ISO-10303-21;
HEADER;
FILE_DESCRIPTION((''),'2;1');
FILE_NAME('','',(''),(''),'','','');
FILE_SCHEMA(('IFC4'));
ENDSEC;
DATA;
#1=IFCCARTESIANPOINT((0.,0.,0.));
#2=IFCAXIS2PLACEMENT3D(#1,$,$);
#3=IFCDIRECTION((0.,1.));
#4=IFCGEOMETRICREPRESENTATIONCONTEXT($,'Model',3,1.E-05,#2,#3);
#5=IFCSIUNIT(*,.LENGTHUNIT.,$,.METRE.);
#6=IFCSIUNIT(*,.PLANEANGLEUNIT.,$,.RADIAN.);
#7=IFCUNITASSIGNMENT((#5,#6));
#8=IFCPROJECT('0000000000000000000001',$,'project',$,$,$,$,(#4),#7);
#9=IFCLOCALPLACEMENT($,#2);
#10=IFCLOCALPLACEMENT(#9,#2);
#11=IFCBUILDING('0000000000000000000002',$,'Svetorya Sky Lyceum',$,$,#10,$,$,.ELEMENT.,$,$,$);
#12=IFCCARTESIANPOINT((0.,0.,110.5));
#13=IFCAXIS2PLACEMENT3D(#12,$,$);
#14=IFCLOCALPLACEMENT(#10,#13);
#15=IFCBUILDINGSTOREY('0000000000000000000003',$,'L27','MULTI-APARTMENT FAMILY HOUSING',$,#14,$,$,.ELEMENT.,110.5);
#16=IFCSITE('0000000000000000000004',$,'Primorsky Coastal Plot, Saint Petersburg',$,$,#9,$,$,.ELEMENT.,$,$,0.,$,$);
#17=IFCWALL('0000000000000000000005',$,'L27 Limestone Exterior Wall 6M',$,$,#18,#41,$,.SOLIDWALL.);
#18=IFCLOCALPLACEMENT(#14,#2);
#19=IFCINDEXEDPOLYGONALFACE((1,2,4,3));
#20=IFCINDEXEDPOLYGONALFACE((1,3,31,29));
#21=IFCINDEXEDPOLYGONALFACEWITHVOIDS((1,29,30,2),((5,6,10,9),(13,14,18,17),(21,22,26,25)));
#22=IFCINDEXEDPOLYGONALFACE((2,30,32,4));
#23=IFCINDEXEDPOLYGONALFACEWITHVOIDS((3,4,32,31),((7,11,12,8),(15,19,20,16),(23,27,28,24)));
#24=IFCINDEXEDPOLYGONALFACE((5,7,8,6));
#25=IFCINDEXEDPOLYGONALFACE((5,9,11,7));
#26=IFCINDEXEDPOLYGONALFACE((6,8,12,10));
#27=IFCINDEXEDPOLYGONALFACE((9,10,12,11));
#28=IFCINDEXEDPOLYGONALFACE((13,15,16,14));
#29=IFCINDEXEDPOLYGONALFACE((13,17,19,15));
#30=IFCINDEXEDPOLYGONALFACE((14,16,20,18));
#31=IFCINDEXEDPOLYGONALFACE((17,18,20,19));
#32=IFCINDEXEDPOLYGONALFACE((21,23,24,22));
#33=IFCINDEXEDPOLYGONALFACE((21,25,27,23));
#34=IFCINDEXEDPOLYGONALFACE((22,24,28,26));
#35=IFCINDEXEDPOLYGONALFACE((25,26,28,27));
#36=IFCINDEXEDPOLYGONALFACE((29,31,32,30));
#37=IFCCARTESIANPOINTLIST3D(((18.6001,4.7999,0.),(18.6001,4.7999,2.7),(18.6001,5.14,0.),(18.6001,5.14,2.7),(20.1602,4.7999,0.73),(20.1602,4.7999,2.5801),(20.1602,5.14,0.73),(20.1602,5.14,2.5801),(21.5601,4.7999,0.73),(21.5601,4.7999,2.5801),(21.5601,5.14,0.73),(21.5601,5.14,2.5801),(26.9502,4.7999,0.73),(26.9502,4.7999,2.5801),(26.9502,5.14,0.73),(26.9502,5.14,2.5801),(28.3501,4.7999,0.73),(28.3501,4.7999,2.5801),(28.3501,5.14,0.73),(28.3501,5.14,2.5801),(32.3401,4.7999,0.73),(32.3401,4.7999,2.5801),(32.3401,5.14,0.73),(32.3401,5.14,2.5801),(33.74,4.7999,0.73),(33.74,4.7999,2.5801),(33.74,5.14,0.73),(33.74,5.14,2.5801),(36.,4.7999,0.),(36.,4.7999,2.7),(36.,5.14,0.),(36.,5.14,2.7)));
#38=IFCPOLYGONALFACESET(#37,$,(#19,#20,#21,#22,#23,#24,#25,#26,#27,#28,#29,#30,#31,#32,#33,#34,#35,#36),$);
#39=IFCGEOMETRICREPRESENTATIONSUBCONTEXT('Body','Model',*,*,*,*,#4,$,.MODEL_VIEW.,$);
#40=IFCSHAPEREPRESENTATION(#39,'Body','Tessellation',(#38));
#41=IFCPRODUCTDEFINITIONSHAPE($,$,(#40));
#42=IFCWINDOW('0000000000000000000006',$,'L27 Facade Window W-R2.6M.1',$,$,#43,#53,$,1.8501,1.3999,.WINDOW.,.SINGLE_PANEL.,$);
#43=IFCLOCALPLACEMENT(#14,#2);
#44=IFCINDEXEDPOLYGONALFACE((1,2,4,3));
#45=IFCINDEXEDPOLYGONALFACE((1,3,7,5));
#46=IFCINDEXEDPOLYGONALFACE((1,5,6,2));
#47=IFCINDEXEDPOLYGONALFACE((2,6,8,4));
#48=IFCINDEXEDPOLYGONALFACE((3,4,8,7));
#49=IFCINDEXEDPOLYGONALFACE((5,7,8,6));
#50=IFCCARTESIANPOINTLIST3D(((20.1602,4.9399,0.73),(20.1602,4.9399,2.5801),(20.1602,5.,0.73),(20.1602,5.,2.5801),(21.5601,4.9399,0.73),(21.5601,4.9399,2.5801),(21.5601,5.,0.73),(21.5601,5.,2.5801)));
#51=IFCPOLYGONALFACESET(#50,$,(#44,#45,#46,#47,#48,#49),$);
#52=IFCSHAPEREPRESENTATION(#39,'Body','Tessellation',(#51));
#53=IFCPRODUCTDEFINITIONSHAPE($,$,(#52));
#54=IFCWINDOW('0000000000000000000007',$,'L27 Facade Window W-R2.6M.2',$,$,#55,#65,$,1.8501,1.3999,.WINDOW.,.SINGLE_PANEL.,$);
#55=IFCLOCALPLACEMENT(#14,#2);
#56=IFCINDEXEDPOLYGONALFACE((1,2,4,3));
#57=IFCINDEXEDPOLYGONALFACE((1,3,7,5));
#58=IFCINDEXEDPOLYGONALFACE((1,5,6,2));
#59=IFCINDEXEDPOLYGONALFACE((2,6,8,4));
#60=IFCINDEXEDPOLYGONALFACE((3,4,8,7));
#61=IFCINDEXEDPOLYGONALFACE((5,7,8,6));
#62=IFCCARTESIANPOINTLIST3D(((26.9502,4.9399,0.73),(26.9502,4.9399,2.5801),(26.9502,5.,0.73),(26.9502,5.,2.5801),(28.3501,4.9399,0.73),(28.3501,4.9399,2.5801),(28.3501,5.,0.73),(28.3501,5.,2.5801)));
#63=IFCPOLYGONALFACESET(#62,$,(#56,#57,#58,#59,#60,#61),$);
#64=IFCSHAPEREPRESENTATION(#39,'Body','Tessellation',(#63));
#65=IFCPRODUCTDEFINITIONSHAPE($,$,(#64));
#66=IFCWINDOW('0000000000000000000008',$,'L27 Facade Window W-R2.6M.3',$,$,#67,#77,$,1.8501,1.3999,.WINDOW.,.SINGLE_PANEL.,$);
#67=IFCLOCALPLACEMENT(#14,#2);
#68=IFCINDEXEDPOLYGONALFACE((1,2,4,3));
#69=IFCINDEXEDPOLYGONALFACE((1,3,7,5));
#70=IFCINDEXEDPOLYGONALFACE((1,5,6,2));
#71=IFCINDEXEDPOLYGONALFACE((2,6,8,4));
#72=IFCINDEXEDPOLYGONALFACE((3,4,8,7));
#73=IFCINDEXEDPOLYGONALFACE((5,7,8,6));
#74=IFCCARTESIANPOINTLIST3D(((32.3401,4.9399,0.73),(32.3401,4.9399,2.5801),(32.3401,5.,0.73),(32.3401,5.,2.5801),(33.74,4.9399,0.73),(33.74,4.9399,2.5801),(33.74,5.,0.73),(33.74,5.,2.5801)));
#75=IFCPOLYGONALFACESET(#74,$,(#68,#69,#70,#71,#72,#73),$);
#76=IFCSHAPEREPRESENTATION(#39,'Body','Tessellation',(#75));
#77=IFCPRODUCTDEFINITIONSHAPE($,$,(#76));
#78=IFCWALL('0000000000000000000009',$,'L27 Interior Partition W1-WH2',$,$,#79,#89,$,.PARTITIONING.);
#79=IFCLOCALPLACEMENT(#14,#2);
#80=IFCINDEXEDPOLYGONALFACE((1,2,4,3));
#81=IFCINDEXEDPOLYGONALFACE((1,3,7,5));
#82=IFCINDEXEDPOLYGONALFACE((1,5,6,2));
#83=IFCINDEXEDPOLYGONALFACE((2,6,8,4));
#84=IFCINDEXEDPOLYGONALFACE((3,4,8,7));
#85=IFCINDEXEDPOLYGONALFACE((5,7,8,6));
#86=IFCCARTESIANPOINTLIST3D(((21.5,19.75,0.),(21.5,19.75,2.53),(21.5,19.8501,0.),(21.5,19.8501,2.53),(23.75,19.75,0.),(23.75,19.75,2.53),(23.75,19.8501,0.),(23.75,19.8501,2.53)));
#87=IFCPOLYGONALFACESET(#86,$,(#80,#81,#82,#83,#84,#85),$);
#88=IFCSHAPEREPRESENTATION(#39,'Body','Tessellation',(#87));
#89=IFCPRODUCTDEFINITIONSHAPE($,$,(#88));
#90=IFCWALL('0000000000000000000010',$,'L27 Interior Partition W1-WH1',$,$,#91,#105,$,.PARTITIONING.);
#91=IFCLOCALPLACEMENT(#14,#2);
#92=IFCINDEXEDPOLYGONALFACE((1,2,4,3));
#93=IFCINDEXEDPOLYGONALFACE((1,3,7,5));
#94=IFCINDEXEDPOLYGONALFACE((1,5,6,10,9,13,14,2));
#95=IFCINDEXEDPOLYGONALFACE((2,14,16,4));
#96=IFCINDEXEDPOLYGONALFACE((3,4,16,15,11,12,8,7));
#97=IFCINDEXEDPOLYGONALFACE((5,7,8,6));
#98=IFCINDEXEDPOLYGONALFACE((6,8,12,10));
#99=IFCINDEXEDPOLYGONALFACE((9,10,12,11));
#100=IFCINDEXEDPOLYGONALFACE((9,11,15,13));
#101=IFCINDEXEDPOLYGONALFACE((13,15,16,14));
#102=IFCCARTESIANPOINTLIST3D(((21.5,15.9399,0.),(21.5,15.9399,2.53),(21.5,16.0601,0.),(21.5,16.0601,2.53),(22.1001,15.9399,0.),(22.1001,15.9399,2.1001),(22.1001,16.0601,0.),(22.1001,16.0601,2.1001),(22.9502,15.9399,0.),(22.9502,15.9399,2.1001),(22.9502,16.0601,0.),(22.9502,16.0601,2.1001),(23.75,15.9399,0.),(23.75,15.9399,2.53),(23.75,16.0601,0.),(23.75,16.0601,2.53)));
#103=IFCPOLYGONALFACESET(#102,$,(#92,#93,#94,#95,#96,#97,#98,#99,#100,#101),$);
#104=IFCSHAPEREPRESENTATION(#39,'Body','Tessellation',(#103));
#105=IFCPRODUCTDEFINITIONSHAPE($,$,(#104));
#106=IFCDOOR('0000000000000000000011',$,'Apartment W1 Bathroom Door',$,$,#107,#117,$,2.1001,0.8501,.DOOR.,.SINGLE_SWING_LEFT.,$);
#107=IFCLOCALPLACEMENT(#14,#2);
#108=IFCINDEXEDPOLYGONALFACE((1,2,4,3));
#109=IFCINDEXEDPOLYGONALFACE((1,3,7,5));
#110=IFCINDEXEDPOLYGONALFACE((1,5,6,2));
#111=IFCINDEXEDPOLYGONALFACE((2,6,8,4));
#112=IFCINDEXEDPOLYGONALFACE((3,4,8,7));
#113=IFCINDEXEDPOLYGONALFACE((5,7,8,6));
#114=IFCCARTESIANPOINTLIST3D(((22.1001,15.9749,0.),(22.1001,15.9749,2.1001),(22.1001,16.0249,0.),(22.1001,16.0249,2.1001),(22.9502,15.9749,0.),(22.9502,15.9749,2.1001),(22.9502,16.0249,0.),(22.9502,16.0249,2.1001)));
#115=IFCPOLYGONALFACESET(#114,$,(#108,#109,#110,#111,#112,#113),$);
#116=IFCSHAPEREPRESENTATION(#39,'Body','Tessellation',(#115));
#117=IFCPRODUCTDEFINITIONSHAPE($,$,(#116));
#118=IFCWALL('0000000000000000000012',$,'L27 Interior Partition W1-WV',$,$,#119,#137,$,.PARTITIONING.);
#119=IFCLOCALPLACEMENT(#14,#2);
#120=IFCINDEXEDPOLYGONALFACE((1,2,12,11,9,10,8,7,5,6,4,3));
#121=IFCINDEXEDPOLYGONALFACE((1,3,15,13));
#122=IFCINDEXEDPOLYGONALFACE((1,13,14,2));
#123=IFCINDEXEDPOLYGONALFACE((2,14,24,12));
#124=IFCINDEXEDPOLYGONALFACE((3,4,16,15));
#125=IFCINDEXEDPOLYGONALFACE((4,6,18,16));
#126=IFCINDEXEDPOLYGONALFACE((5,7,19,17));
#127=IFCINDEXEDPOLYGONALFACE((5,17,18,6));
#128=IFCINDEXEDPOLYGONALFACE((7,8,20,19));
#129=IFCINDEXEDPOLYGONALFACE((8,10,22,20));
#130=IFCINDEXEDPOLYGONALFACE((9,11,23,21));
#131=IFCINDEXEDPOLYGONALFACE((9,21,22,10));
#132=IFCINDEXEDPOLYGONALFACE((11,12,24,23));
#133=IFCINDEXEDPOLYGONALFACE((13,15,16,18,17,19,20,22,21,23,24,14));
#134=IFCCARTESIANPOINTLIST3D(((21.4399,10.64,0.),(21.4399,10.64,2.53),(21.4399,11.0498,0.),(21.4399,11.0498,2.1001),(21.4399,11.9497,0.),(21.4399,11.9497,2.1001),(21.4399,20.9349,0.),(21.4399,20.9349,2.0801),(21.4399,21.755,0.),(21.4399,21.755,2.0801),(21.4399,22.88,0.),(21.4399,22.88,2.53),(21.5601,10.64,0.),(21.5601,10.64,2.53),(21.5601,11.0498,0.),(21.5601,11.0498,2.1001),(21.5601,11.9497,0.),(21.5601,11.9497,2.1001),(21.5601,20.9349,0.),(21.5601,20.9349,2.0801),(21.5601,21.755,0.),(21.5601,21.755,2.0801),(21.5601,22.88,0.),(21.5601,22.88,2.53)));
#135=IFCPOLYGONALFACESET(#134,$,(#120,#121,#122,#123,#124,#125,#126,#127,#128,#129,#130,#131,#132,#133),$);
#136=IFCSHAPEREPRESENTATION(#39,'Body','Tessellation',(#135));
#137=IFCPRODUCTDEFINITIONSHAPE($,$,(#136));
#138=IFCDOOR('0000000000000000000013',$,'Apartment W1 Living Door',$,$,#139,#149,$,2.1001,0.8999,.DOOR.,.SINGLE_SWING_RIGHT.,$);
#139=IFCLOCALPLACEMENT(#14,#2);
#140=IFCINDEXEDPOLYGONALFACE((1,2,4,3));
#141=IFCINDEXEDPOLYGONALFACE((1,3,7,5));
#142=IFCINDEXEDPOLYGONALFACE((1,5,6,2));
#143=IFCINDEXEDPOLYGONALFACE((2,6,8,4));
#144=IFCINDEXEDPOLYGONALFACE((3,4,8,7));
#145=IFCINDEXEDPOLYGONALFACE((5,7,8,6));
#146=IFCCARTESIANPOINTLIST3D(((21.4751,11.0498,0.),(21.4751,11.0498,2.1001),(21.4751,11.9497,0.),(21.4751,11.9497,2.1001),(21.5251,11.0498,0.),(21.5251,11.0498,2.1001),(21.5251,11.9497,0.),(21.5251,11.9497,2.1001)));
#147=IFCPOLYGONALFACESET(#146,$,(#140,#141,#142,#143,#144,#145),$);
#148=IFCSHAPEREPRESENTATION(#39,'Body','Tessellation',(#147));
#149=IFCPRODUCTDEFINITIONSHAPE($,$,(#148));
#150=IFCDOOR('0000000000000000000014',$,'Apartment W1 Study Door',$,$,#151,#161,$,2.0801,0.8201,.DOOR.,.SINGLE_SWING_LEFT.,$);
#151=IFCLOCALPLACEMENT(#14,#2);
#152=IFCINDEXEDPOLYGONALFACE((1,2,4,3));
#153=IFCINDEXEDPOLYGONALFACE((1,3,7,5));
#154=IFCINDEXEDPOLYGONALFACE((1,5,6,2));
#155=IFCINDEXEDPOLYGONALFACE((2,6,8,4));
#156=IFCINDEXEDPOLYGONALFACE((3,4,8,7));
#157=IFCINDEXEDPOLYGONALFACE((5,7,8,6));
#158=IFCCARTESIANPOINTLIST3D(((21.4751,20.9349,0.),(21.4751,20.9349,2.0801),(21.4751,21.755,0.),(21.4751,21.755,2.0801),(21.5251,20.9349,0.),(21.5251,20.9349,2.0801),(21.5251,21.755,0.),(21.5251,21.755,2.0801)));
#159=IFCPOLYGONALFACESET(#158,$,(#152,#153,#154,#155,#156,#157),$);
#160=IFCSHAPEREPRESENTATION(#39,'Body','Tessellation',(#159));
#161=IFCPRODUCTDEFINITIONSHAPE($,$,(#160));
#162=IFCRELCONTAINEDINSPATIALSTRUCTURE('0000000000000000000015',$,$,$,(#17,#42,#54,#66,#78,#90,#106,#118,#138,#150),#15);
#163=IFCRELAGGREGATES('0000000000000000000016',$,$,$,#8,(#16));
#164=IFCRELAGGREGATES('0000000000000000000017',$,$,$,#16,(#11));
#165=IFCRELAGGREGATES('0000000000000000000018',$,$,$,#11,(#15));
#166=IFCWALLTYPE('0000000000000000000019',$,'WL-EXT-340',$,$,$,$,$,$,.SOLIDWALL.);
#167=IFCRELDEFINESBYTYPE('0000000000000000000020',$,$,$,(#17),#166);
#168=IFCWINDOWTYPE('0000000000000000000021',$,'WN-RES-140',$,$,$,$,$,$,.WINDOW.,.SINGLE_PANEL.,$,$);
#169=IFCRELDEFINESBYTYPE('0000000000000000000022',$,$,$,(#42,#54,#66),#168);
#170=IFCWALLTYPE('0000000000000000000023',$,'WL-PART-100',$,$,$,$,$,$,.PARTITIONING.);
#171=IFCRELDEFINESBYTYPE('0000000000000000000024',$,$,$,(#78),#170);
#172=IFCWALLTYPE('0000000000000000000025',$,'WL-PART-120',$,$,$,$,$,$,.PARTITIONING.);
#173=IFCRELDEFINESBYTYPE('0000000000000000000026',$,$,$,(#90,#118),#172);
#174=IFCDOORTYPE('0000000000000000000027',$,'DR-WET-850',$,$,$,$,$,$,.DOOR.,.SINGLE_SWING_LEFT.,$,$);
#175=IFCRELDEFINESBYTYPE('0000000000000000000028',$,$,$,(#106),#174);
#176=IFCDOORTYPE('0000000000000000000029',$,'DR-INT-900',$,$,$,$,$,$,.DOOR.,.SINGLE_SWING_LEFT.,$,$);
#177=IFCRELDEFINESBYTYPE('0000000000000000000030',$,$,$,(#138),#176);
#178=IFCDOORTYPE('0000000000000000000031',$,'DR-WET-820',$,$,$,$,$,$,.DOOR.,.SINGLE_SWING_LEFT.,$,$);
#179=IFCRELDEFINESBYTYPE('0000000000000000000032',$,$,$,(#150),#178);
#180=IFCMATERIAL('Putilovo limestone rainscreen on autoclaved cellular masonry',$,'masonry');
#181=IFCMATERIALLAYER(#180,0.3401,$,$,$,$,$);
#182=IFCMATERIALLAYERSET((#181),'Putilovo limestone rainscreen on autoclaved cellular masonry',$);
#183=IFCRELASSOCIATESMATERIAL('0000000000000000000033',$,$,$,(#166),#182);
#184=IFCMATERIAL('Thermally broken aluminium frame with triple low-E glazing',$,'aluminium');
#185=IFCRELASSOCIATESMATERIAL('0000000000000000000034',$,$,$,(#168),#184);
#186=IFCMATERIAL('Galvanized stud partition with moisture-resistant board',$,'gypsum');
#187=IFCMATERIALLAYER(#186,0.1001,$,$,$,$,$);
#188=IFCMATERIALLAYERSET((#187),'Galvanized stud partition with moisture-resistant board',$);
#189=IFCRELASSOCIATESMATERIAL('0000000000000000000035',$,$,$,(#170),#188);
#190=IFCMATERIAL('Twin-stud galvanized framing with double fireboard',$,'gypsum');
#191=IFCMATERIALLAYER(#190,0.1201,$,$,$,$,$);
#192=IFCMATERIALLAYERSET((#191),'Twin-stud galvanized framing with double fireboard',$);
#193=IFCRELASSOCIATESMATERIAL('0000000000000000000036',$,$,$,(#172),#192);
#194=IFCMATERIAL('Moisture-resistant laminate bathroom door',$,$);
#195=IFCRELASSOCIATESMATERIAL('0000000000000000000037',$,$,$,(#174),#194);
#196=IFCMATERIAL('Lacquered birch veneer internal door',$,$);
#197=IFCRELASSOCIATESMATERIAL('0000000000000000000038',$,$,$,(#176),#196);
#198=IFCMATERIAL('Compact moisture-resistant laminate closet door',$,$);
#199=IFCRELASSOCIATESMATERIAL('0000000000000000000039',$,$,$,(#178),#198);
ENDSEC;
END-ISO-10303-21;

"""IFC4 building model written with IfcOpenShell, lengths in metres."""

from ifc_helpers import new_model, si_unit, direction, frame, frame_2d, origin, place, context, subcontext, project, spatial, rectangle, extrude, material, layer, layer_set, type_object, element, fill, save


model = new_model("IFC4")

# Units and contexts
model_context = context("Model", 3, precision=1e-05, world=origin(), true_north=direction((0.0, 1.0)))
body_context = subcontext(model_context, "Body", "Model", "MODEL_VIEW")
ifc_project = project(units=[si_unit("LENGTHUNIT", "METRE"), si_unit("PLANEANGLEUNIT", "RADIAN")], contexts=[model_context])

# Site, building, storey
site_placement = place(None, origin())
site = spatial("IfcSite", under=ifc_project, at=site_placement, Name="Primorsky Coastal Plot, Saint Petersburg", CompositionType="ELEMENT", RefElevation=0.0)
building_placement = place(site_placement, origin())
building = spatial("IfcBuilding", under=site, at=building_placement, Name="Svetorya Sky Lyceum", CompositionType="ELEMENT")
storey_placement = place(building_placement, frame((0.0, 0.0, 110.5)))
storey = spatial("IfcBuildingStorey", under=building, at=storey_placement, Name="L27", Description="MULTI-APARTMENT FAMILY HOUSING", CompositionType="ELEMENT", Elevation=110.5)

# Shared definitions
ifc_material_1 = material(Name="Putilovo limestone rainscreen on autoclaved cellular masonry", Category="masonry")
ifc_layer_1 = layer(ifc_material_1, 0.3401)
ifc_layer_set_1 = layer_set([ifc_layer_1], Name="Putilovo limestone rainscreen on autoclaved cellular masonry")
wall_type_1 = type_object("IfcWallType", Name="WL-EXT-340", PredefinedType="SOLIDWALL", material=ifc_layer_set_1)

# Wall, openings, windows
wall_1_placement = place(storey_placement, frame((18.6001, 4.97, 0.0), z_axis=(0.0, 0.0, 1.0), x_axis=(1.0, 0.0, 0.0)))
wall_1 = element("IfcWall", 1, at=wall_1_placement, inside=storey, type_object=wall_type_1, Name="L27 Limestone Exterior Wall 6M", PredefinedType="SOLIDWALL", context=body_context, shape_type="SweptSolid", body=[
    extrude(rectangle(XDim=17.3999, YDim=0.3401, at=frame_2d((8.7, 0.0))), origin(), (0.0, 0.0, 1.0), 2.7),
])
opening_1_placement = place(wall_1_placement, frame((1.5601, 0.0, 0.73)))
opening_1 = element("IfcOpeningElement", 2, at=opening_1_placement, cuts=wall_1, PredefinedType="OPENING", context=body_context, shape_type="SweptSolid", body=[
    extrude(rectangle(XDim=1.3999, YDim=1.8501, at=frame_2d((0.7, 0.925))), frame((0.0, 0.1799, 0.0), z_axis=(0.0, -1.0, 0.0), x_axis=(1.0, 0.0, 0.0)), (0.0, 0.0, 1.0), 0.3601),
])
opening_2_placement = place(wall_1_placement, frame((8.3501, 0.0, 0.73)))
opening_2 = element("IfcOpeningElement", 3, at=opening_2_placement, cuts=wall_1, PredefinedType="OPENING", context=body_context, shape_type="SweptSolid", body=[
    extrude(rectangle(XDim=1.3999, YDim=1.8501, at=frame_2d((0.7, 0.925))), frame((0.0, 0.1799, 0.0), z_axis=(0.0, -1.0, 0.0), x_axis=(1.0, 0.0, 0.0)), (0.0, 0.0, 1.0), 0.3601),
])
opening_3_placement = place(wall_1_placement, frame((13.74, 0.0, 0.73)))
opening_3 = element("IfcOpeningElement", 4, at=opening_3_placement, cuts=wall_1, PredefinedType="OPENING", context=body_context, shape_type="SweptSolid", body=[
    extrude(rectangle(XDim=1.3999, YDim=1.8501, at=frame_2d((0.7, 0.925))), frame((0.0, 0.1799, 0.0), z_axis=(0.0, -1.0, 0.0), x_axis=(1.0, 0.0, 0.0)), (0.0, 0.0, 1.0), 0.3601),
])
ifc_material_2 = material(Name="Thermally broken aluminium frame with triple low-E glazing", Category="aluminium")
window_type = type_object("IfcWindowType", Name="WN-RES-140", PartitioningType="SINGLE_PANEL", PredefinedType="WINDOW", material=ifc_material_2)
window_1_placement = place(opening_1_placement, origin())
window_1 = element("IfcWindow", 5, at=window_1_placement, inside=storey, type_object=window_type, Name="L27 Facade Window W-R2.6M.1", OverallHeight=1.8501, OverallWidth=1.3999, PartitioningType="SINGLE_PANEL", PredefinedType="WINDOW", context=body_context, shape_type="SweptSolid", body=[
    extrude(rectangle(XDim=1.3999, YDim=1.8501, at=frame_2d((0.7, 0.925))), frame((0.0, 0.03, 0.0), z_axis=(0.0, -1.0, 0.0), x_axis=(1.0, 0.0, 0.0)), (0.0, 0.0, 1.0), 0.0601),
])
fill(opening_1, window_1)
window_2_placement = place(opening_2_placement, origin())
window_2 = element("IfcWindow", 6, at=window_2_placement, inside=storey, type_object=window_type, Name="L27 Facade Window W-R2.6M.2", OverallHeight=1.8501, OverallWidth=1.3999, PartitioningType="SINGLE_PANEL", PredefinedType="WINDOW", context=body_context, shape_type="SweptSolid", body=[
    extrude(rectangle(XDim=1.3999, YDim=1.8501, at=frame_2d((0.7, 0.925))), frame((0.0, 0.03, 0.0), z_axis=(0.0, -1.0, 0.0), x_axis=(1.0, 0.0, 0.0)), (0.0, 0.0, 1.0), 0.0601),
])
fill(opening_2, window_2)
window_3_placement = place(opening_3_placement, origin())
window_3 = element("IfcWindow", 7, at=window_3_placement, inside=storey, type_object=window_type, Name="L27 Facade Window W-R2.6M.3", OverallHeight=1.8501, OverallWidth=1.3999, PartitioningType="SINGLE_PANEL", PredefinedType="WINDOW", context=body_context, shape_type="SweptSolid", body=[
    extrude(rectangle(XDim=1.3999, YDim=1.8501, at=frame_2d((0.7, 0.925))), frame((0.0, 0.03, 0.0), z_axis=(0.0, -1.0, 0.0), x_axis=(1.0, 0.0, 0.0)), (0.0, 0.0, 1.0), 0.0601),
])
fill(opening_3, window_3)

# Wall
ifc_material_3 = material(Name="Galvanized stud partition with moisture-resistant board", Category="gypsum")
ifc_layer_2 = layer(ifc_material_3, 0.1001)
ifc_layer_set_2 = layer_set([ifc_layer_2], Name="Galvanized stud partition with moisture-resistant board")
wall_type_2 = type_object("IfcWallType", Name="WL-PART-100", PredefinedType="PARTITIONING", material=ifc_layer_set_2)
wall_2_placement = place(storey_placement, frame((21.5, 19.8, 0.0), z_axis=(0.0, 0.0, 1.0), x_axis=(1.0, 0.0, 0.0)))
element("IfcWall", 8, at=wall_2_placement, inside=storey, type_object=wall_type_2, Name="L27 Interior Partition W1-WH2", PredefinedType="PARTITIONING", context=body_context, shape_type="SweptSolid", body=[
    extrude(rectangle(XDim=2.25, YDim=0.1001, at=frame_2d((1.125, 0.0))), origin(), (0.0, 0.0, 1.0), 2.53),
])

# Wall, opening, door
ifc_material_4 = material(Name="Twin-stud galvanized framing with double fireboard", Category="gypsum")
ifc_layer_3 = layer(ifc_material_4, 0.1201)
ifc_layer_set_3 = layer_set([ifc_layer_3], Name="Twin-stud galvanized framing with double fireboard")
wall_type_3 = type_object("IfcWallType", Name="WL-PART-120", PredefinedType="PARTITIONING", material=ifc_layer_set_3)
wall_3_placement = place(storey_placement, frame((21.5, 16.0, 0.0), z_axis=(0.0, 0.0, 1.0), x_axis=(1.0, 0.0, 0.0)))
wall_3 = element("IfcWall", 9, at=wall_3_placement, inside=storey, type_object=wall_type_3, Name="L27 Interior Partition W1-WH1", PredefinedType="PARTITIONING", context=body_context, shape_type="SweptSolid", body=[
    extrude(rectangle(XDim=2.25, YDim=0.1201, at=frame_2d((1.125, 0.0))), origin(), (0.0, 0.0, 1.0), 2.53),
])
opening_4_placement = place(wall_3_placement, frame((0.6001, 0.0, 0.0)))
opening_4 = element("IfcOpeningElement", 10, at=opening_4_placement, cuts=wall_3, PredefinedType="OPENING", context=body_context, shape_type="SweptSolid", body=[
    extrude(rectangle(XDim=0.8501, YDim=2.1001, at=frame_2d((0.425, 1.05))), frame((0.0, 0.0701, 0.0), z_axis=(0.0, -1.0, 0.0), x_axis=(1.0, 0.0, 0.0)), (0.0, 0.0, 1.0), 0.1401),
])
ifc_material_5 = material(Name="Moisture-resistant laminate bathroom door")
door_type_1 = type_object("IfcDoorType", Name="DR-WET-850", OperationType="SINGLE_SWING_LEFT", PredefinedType="DOOR", material=ifc_material_5)
door_1_placement = place(opening_4_placement, origin())
door_1 = element("IfcDoor", 11, at=door_1_placement, inside=storey, type_object=door_type_1, Name="Apartment W1 Bathroom Door", OperationType="SINGLE_SWING_LEFT", OverallHeight=2.1001, OverallWidth=0.8501, PredefinedType="DOOR", context=body_context, shape_type="SweptSolid", body=[
    extrude(rectangle(XDim=0.8501, YDim=2.1001, at=frame_2d((0.425, 1.05))), frame((0.0, 0.0249, 0.0), z_axis=(0.0, -1.0, 0.0), x_axis=(1.0, 0.0, 0.0)), (0.0, 0.0, 1.0), 0.05),
])
fill(opening_4, door_1)

# Wall, openings, doors
wall_4_placement = place(storey_placement, frame((21.5, 10.6399, 0.0), z_axis=(0.0, 0.0, 1.0), x_axis=(0.0, 1.0, 0.0)))
wall_4 = element("IfcWall", 12, at=wall_4_placement, inside=storey, type_object=wall_type_3, Name="L27 Interior Partition W1-WV", PredefinedType="PARTITIONING", context=body_context, shape_type="SweptSolid", body=[
    extrude(rectangle(XDim=12.24, YDim=0.1201, at=frame_2d((6.1201, 0.0))), origin(), (0.0, 0.0, 1.0), 2.53),
])
opening_5_placement = place(wall_4_placement, frame((0.4099, 0.0, 0.0)))
opening_5 = element("IfcOpeningElement", 13, at=opening_5_placement, cuts=wall_4, PredefinedType="OPENING", context=body_context, shape_type="SweptSolid", body=[
    extrude(rectangle(XDim=0.8999, YDim=2.1001, at=frame_2d((0.45, 1.05))), frame((0.0, 0.0701, 0.0), z_axis=(0.0, -1.0, 0.0), x_axis=(1.0, 0.0, 0.0)), (0.0, 0.0, 1.0), 0.1401),
])
opening_6_placement = place(wall_4_placement, frame((10.2949, 0.0, 0.0)))
opening_6 = element("IfcOpeningElement", 14, at=opening_6_placement, cuts=wall_4, PredefinedType="OPENING", context=body_context, shape_type="SweptSolid", body=[
    extrude(rectangle(XDim=0.8201, YDim=2.0801, at=frame_2d((0.4102, 1.04))), frame((0.0, 0.0701, 0.0), z_axis=(0.0, -1.0, 0.0), x_axis=(1.0, 0.0, 0.0)), (0.0, 0.0, 1.0), 0.1401),
])
ifc_material_6 = material(Name="Lacquered birch veneer internal door")
door_type_2 = type_object("IfcDoorType", Name="DR-INT-900", OperationType="SINGLE_SWING_LEFT", PredefinedType="DOOR", material=ifc_material_6)
door_2_placement = place(opening_5_placement, origin())
door_2 = element("IfcDoor", 15, at=door_2_placement, inside=storey, type_object=door_type_2, Name="Apartment W1 Living Door", OperationType="SINGLE_SWING_RIGHT", OverallHeight=2.1001, OverallWidth=0.8999, PredefinedType="DOOR", context=body_context, shape_type="SweptSolid", body=[
    extrude(rectangle(XDim=0.8999, YDim=2.1001, at=frame_2d((0.45, 1.05))), frame((0.0, 0.0249, 0.0), z_axis=(0.0, -1.0, 0.0), x_axis=(1.0, 0.0, 0.0)), (0.0, 0.0, 1.0), 0.05),
])
fill(opening_5, door_2)
ifc_material_7 = material(Name="Compact moisture-resistant laminate closet door")
door_type_3 = type_object("IfcDoorType", Name="DR-WET-820", OperationType="SINGLE_SWING_LEFT", PredefinedType="DOOR", material=ifc_material_7)
door_3_placement = place(opening_6_placement, origin())
door_3 = element("IfcDoor", 16, at=door_3_placement, inside=storey, type_object=door_type_3, Name="Apartment W1 Study Door", OperationType="SINGLE_SWING_LEFT", OverallHeight=2.0801, OverallWidth=0.8201, PredefinedType="DOOR", context=body_context, shape_type="SweptSolid", body=[
    extrude(rectangle(XDim=0.8201, YDim=2.0801, at=frame_2d((0.4102, 1.04))), frame((0.0, 0.0249, 0.0), z_axis=(0.0, -1.0, 0.0), x_axis=(1.0, 0.0, 0.0)), (0.0, 0.0, 1.0), 0.05),
])
fill(opening_6, door_3)

save(model, "model.ifc")
